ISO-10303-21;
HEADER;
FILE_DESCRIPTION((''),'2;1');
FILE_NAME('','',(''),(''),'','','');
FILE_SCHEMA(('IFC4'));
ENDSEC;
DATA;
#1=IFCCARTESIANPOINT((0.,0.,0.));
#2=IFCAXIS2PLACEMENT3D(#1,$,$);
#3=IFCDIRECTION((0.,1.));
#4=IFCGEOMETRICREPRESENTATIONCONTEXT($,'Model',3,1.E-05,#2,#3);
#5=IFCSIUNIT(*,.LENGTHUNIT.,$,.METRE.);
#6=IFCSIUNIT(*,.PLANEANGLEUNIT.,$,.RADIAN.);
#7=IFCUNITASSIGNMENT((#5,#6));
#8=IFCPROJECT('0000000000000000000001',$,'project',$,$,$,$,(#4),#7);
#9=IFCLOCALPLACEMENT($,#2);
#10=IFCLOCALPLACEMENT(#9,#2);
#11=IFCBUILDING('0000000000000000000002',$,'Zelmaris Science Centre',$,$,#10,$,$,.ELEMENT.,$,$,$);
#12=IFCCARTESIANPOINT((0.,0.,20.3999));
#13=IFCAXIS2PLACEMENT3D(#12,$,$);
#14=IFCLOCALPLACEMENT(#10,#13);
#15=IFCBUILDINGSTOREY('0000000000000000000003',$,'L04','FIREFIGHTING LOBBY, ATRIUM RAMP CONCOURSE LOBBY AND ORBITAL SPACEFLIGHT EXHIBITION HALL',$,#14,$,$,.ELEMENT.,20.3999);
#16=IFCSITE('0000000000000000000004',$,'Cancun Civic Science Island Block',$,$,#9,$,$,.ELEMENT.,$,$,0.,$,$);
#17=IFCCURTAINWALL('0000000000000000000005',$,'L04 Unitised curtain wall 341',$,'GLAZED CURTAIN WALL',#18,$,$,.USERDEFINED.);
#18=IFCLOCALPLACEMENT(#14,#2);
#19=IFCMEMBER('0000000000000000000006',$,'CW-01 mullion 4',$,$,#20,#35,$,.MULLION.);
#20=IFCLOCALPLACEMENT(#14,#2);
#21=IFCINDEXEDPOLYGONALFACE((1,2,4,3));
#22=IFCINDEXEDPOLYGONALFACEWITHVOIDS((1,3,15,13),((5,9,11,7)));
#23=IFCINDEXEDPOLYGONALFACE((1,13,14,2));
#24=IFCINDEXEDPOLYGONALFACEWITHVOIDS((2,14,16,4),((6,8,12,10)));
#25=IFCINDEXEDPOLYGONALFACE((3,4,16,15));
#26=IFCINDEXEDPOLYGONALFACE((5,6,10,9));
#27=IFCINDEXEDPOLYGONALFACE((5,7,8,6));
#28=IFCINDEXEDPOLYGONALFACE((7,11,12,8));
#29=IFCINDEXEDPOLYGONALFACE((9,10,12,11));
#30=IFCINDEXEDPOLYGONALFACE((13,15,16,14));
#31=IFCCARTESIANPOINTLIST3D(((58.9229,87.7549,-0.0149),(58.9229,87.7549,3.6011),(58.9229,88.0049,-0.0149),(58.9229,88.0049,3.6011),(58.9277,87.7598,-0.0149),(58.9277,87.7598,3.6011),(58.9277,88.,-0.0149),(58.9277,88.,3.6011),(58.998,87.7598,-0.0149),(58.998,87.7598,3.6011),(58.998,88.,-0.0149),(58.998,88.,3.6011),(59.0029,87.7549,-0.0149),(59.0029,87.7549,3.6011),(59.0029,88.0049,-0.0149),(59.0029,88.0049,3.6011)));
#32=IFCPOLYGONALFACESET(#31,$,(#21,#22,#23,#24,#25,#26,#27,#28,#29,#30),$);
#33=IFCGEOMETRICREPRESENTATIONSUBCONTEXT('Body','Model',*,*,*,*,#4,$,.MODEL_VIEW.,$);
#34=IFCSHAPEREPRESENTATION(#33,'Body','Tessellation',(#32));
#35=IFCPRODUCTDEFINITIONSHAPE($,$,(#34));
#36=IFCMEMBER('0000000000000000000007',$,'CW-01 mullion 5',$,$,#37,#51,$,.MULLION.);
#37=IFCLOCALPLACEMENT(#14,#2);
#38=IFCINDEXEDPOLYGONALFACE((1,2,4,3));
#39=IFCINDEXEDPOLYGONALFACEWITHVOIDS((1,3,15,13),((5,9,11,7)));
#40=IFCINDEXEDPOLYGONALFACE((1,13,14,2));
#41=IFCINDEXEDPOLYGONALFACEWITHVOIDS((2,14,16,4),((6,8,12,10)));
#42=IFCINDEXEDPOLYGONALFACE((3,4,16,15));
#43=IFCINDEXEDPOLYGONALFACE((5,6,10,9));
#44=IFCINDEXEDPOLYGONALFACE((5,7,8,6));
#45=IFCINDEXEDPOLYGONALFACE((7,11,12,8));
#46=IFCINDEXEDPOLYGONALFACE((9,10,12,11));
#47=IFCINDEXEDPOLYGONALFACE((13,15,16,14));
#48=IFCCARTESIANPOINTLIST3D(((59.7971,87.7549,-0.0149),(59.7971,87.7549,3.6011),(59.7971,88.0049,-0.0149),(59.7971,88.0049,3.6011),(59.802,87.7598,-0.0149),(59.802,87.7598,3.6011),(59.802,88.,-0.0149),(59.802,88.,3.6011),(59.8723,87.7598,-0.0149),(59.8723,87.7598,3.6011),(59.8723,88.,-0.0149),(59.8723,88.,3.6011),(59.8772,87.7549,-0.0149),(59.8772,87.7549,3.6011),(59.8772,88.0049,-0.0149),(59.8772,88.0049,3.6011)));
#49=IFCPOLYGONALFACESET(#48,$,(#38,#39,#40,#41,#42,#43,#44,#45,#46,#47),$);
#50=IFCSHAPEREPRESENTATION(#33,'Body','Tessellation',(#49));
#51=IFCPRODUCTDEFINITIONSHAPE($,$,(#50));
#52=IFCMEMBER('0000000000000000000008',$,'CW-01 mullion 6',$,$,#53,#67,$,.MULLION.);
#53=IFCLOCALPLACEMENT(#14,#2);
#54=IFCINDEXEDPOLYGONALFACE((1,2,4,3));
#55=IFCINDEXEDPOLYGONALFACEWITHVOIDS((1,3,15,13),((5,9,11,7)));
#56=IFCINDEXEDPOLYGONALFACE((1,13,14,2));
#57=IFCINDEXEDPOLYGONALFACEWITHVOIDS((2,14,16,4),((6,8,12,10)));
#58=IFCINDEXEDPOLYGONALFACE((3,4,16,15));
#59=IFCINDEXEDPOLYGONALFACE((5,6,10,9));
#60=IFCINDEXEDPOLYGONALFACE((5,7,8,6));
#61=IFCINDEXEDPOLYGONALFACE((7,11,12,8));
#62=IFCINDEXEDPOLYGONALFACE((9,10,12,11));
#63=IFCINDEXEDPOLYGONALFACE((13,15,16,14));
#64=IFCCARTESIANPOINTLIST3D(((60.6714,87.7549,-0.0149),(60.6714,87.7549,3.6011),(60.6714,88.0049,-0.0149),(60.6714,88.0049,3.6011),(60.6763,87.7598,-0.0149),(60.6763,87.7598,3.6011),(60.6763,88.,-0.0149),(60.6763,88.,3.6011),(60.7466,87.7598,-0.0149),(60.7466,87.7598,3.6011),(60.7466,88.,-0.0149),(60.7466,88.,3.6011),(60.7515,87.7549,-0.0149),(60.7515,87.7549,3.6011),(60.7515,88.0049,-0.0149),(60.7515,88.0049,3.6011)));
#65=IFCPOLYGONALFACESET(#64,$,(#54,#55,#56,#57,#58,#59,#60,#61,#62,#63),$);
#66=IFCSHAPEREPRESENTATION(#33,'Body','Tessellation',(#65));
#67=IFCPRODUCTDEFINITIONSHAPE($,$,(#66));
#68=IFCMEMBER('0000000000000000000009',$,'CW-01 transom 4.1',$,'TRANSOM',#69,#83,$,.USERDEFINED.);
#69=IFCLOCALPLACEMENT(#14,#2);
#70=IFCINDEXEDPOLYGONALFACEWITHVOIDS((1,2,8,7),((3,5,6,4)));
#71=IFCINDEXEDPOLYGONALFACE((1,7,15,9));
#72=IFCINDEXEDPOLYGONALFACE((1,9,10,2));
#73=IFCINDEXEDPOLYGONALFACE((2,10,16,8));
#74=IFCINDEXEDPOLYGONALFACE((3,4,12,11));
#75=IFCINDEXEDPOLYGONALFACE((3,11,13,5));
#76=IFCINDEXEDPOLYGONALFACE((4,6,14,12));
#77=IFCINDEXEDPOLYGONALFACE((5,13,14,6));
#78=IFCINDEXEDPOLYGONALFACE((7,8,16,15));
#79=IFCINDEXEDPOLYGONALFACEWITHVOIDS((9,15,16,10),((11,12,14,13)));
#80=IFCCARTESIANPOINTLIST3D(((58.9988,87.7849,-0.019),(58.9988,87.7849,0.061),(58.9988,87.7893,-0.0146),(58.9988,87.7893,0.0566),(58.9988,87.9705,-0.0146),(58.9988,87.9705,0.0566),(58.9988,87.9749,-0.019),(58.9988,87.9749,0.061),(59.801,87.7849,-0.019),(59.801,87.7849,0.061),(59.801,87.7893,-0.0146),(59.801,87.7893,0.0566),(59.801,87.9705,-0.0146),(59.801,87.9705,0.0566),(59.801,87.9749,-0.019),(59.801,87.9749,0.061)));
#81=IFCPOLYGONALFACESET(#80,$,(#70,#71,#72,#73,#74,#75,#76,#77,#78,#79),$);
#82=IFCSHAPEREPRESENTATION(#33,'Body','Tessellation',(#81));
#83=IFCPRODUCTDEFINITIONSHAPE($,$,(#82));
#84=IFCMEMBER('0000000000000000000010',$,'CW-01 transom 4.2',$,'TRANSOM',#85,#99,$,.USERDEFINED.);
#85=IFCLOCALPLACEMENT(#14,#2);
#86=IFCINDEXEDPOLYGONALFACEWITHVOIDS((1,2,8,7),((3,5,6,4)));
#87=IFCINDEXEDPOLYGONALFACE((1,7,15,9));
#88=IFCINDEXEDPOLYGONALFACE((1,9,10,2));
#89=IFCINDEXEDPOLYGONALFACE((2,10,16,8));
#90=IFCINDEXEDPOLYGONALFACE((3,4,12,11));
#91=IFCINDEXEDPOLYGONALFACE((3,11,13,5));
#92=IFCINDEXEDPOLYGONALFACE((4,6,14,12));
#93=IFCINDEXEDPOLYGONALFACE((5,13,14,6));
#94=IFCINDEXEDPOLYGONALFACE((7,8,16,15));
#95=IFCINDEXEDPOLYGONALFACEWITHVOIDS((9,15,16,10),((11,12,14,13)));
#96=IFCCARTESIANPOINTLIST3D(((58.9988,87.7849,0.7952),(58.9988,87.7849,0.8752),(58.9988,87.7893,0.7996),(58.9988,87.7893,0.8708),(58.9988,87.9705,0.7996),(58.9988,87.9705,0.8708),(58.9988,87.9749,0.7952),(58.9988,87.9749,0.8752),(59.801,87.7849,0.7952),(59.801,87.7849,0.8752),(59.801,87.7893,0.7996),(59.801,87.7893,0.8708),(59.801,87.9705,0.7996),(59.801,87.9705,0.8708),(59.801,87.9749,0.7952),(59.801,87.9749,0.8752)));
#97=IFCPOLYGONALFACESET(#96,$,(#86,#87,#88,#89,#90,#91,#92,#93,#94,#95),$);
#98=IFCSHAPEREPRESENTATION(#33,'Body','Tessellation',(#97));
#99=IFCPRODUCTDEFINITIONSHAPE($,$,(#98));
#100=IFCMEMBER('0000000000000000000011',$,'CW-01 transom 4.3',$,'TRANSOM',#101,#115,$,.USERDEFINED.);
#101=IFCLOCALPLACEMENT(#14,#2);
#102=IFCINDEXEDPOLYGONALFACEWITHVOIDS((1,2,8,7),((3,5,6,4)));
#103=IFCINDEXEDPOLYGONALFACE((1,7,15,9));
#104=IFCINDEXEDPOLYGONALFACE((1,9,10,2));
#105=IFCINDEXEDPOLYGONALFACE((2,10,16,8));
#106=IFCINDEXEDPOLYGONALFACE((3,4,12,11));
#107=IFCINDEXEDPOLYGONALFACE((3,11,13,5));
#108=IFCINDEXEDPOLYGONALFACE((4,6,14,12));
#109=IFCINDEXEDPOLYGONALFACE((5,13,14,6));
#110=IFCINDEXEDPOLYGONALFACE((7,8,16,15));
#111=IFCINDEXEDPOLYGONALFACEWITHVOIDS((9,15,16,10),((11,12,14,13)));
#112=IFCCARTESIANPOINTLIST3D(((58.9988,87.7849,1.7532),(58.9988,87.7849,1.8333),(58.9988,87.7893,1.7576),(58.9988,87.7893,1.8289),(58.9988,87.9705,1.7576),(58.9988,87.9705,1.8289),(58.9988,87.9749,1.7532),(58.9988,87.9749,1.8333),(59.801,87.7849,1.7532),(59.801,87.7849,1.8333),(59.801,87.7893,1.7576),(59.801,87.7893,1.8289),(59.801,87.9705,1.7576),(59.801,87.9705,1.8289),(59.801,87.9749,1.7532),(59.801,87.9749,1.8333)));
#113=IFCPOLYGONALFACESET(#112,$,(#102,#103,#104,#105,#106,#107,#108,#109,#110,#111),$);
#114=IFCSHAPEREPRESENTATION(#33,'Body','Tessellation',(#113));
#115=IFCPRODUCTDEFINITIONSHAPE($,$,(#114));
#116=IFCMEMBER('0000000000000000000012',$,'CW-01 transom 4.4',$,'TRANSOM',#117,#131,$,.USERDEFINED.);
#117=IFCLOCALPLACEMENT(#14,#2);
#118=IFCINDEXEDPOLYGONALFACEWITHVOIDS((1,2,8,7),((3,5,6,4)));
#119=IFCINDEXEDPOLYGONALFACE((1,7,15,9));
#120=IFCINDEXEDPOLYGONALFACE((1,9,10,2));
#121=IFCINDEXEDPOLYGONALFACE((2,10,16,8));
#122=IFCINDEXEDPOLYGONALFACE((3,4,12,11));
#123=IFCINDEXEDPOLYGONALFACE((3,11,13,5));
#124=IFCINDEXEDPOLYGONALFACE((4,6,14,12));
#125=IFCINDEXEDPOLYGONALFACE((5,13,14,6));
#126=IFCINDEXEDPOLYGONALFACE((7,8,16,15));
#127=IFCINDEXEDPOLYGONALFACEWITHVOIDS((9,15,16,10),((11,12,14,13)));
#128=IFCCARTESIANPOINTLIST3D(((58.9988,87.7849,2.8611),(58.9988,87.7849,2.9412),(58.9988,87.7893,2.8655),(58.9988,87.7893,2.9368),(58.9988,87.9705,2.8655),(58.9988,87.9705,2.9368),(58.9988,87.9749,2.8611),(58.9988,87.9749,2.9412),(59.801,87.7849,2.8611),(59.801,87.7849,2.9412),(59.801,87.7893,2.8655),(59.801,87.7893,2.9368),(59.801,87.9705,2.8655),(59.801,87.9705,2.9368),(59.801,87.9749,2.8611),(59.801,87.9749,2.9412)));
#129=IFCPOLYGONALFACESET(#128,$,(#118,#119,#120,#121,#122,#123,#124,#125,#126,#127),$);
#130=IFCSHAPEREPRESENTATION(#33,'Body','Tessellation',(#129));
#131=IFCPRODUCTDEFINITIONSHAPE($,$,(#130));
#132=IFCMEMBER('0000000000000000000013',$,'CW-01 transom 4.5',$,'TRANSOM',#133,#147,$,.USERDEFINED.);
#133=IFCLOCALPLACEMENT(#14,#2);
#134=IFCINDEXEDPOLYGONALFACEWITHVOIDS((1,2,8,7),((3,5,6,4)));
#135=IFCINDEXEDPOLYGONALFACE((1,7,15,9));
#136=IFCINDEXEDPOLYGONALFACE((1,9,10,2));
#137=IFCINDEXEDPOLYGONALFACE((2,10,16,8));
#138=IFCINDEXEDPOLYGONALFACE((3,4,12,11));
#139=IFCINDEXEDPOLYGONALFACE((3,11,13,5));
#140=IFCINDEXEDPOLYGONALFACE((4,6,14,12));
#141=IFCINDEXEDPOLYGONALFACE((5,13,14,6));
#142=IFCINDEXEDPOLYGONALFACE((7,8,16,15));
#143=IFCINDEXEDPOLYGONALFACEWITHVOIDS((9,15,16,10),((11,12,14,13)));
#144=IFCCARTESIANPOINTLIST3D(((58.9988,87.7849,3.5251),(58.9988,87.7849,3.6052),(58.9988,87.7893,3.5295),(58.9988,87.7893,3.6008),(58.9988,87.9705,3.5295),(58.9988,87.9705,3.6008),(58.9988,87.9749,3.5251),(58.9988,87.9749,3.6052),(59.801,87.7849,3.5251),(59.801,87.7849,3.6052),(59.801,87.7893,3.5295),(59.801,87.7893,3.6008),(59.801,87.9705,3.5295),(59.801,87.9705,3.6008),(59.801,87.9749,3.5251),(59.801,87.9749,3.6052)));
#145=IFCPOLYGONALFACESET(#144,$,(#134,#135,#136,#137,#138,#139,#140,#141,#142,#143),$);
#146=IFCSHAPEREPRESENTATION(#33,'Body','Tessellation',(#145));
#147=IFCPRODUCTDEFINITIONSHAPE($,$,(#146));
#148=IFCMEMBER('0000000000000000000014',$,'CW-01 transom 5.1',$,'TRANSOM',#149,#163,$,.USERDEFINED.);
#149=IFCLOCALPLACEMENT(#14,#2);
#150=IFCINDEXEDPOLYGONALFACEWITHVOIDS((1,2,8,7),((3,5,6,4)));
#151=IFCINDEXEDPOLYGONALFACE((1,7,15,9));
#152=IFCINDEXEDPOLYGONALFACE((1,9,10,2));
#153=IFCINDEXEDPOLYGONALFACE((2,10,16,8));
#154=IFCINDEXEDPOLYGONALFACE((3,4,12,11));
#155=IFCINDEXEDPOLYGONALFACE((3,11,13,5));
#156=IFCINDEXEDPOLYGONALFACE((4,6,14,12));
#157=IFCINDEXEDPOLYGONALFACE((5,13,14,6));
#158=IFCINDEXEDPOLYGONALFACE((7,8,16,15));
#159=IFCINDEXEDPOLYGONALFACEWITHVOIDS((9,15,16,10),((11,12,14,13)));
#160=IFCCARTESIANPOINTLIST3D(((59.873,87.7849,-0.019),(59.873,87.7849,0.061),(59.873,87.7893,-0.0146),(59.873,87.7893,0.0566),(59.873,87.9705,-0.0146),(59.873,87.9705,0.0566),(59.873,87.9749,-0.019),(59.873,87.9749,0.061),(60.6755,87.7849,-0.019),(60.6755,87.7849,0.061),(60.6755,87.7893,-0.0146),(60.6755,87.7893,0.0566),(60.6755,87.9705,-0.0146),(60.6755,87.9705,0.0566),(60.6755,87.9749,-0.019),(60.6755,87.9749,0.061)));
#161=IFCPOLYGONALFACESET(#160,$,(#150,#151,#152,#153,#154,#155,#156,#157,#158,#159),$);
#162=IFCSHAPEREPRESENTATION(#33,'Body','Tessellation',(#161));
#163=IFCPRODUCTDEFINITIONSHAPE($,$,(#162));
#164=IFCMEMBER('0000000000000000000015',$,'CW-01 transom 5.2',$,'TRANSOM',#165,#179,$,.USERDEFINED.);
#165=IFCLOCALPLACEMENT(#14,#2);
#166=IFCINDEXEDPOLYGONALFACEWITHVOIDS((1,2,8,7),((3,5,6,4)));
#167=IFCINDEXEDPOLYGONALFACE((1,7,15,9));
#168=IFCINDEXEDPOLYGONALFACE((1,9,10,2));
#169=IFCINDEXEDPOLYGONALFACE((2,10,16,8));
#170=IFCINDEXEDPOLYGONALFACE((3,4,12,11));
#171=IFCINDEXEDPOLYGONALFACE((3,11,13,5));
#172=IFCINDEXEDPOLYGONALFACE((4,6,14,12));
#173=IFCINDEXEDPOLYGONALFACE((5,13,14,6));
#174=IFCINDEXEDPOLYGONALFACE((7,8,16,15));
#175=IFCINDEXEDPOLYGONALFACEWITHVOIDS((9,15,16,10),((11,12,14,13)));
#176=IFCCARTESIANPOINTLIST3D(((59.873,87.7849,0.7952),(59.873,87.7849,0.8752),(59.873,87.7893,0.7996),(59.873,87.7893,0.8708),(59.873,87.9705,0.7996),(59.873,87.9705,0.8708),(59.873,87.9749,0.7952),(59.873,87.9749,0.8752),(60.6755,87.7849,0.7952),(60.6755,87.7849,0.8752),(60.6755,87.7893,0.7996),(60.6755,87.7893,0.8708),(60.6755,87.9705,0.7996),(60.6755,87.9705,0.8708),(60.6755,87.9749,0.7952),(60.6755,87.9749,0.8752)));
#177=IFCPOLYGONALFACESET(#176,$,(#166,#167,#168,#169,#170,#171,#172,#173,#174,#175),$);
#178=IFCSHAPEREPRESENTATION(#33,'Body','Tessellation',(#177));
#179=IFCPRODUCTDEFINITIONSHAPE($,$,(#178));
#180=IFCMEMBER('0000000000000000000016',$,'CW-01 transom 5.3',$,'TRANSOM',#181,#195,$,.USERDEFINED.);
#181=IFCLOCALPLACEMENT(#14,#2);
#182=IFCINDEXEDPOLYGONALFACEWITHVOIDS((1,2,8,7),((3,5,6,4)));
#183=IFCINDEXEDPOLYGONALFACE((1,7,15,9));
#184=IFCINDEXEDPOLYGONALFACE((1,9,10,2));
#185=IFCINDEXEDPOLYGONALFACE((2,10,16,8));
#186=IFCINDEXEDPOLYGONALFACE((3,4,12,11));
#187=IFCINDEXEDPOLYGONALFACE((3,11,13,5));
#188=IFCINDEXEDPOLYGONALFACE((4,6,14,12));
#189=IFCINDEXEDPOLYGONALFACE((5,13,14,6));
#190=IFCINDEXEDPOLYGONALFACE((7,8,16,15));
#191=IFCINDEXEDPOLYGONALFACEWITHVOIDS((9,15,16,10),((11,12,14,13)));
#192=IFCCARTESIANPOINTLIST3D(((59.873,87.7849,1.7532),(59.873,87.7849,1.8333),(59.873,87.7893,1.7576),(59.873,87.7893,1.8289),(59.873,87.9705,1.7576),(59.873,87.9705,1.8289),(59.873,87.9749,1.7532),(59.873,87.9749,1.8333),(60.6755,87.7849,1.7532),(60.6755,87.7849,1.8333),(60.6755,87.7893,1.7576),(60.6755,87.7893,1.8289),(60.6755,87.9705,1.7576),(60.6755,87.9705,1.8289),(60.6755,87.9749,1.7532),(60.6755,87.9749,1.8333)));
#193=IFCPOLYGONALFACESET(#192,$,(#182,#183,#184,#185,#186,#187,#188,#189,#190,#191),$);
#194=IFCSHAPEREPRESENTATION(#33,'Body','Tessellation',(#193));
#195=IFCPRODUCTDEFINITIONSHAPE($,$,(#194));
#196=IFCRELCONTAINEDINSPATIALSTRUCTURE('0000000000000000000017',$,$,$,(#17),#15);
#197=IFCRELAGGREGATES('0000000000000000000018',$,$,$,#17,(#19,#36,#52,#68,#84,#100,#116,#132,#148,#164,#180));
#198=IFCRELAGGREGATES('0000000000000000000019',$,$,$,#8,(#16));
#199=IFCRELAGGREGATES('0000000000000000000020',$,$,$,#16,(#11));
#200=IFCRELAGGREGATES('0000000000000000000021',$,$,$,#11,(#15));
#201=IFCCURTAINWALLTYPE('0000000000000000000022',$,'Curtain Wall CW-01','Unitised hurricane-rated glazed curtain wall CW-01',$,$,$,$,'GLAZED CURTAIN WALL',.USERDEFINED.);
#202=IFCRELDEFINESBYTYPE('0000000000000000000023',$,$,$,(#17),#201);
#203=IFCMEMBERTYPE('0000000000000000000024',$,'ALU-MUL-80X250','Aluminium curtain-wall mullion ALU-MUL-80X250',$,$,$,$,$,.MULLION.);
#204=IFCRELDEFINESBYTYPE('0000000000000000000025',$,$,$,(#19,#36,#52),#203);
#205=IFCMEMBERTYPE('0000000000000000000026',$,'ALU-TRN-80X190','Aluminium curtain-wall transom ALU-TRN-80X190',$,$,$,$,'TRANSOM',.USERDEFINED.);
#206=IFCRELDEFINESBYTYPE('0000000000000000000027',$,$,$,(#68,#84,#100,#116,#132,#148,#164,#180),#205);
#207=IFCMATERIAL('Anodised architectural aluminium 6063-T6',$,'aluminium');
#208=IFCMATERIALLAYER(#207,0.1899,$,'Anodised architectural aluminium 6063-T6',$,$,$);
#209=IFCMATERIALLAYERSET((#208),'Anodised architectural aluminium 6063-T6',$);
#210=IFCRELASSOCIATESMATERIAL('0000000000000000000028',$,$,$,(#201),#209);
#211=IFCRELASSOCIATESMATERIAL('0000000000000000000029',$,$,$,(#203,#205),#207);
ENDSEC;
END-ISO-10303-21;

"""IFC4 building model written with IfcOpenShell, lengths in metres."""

from ifc_helpers import new_model, si_unit, direction, frame, origin, origin_2d, place, context, subcontext, project, spatial, hollow_rectangle, extrude, material, layer, layer_set, material_profile, profile_set, type_object, element, aggregate, save


model = new_model("IFC4")

# Units and contexts
model_context = context("Model", 3, precision=1e-05, world=origin(), true_north=direction((0.0, 1.0)))
body_context = subcontext(model_context, "Body", "Model", "MODEL_VIEW")
ifc_project = project(units=[si_unit("LENGTHUNIT", "METRE"), si_unit("PLANEANGLEUNIT", "RADIAN")], contexts=[model_context])

# Site, building, storey
site_placement = place(None, origin())
site = spatial("IfcSite", under=ifc_project, at=site_placement, Name="Cancun Civic Science Island Block", CompositionType="ELEMENT", RefElevation=0.0)
building_placement = place(site_placement, origin())
building = spatial("IfcBuilding", under=site, at=building_placement, Name="Zelmaris Science Centre", CompositionType="ELEMENT")
storey_placement = place(building_placement, frame((0.0, 0.0, 20.3999)))
storey = spatial("IfcBuildingStorey", under=building, at=storey_placement, Name="L04", Description="FIREFIGHTING LOBBY, ATRIUM RAMP CONCOURSE LOBBY AND ORBITAL SPACEFLIGHT EXHIBITION HALL", CompositionType="ELEMENT", Elevation=20.3999)

# Curtain wall, members
ifc_material_1 = material(Name="Anodised architectural aluminium 6063-T6", Category="aluminium")
ifc_layer_1 = layer(ifc_material_1, 0.1899, Name="Anodised architectural aluminium 6063-T6")
ifc_layer_set_1 = layer_set([ifc_layer_1], Name="Anodised architectural aluminium 6063-T6")
curtain_wall_type = type_object("IfcCurtainWallType", Name="Curtain Wall CW-01", Description="Unitised hurricane-rated glazed curtain wall CW-01", ElementType="GLAZED CURTAIN WALL", PredefinedType="USERDEFINED", material=ifc_layer_set_1)
curtain_wall_placement = place(storey_placement, origin())
curtain_wall = element("IfcCurtainWall", 1, at=curtain_wall_placement, inside=storey, type_object=curtain_wall_type, Name="L04 Unitised curtain wall 341", ObjectType="GLAZED CURTAIN WALL", PredefinedType="USERDEFINED")
ifc_material_profile_1 = material_profile(ifc_material_1, hollow_rectangle(XDim=0.0801, YDim=0.25, WallThickness=0.0049, at=origin_2d()), Name="ALU-MUL-80X250")
ifc_profile_set_1 = profile_set([ifc_material_profile_1], Name="Anodised architectural aluminium 6063-T6")
member_type_1 = type_object("IfcMemberType", Name="ALU-MUL-80X250", Description="Aluminium curtain-wall mullion ALU-MUL-80X250", PredefinedType="MULLION", material=ifc_profile_set_1)
member_1_placement = place(storey_placement, frame((58.9629, 87.8799, -0.0149), z_axis=(0.0, 0.0, 1.0), x_axis=(1.0, 0.0, 0.0)))
member_1 = element("IfcMember", 2, at=member_1_placement, type_object=member_type_1, Name="CW-01 mullion 4", PredefinedType="MULLION", context=body_context, shape_type="SweptSolid", body=[
    extrude(hollow_rectangle(XDim=0.0801, YDim=0.25, WallThickness=0.0049, at=origin_2d()), origin(), (0.0, 0.0, 1.0), 3.616),
])
member_2_placement = place(storey_placement, frame((59.8372, 87.8799, -0.0149), z_axis=(0.0, 0.0, 1.0), x_axis=(1.0, 0.0, 0.0)))
member_2 = element("IfcMember", 3, at=member_2_placement, type_object=member_type_1, Name="CW-01 mullion 5", PredefinedType="MULLION", context=body_context, shape_type="SweptSolid", body=[
    extrude(hollow_rectangle(XDim=0.0801, YDim=0.25, WallThickness=0.0049, at=origin_2d()), origin(), (0.0, 0.0, 1.0), 3.616),
])
member_3_placement = place(storey_placement, frame((60.7114, 87.8799, -0.0149), z_axis=(0.0, 0.0, 1.0), x_axis=(1.0, 0.0, 0.0)))
member_3 = element("IfcMember", 4, at=member_3_placement, type_object=member_type_1, Name="CW-01 mullion 6", PredefinedType="MULLION", context=body_context, shape_type="SweptSolid", body=[
    extrude(hollow_rectangle(XDim=0.0801, YDim=0.25, WallThickness=0.0049, at=origin_2d()), origin(), (0.0, 0.0, 1.0), 3.616),
])
ifc_material_profile_2 = material_profile(ifc_material_1, hollow_rectangle(XDim=0.0801, YDim=0.1899, WallThickness=0.0044, at=origin_2d()), Name="ALU-TRN-80X190")
ifc_profile_set_2 = profile_set([ifc_material_profile_2], Name="Anodised architectural aluminium 6063-T6")
member_type_2 = type_object("IfcMemberType", Name="ALU-TRN-80X190", Description="Aluminium curtain-wall transom ALU-TRN-80X190", ElementType="TRANSOM", PredefinedType="USERDEFINED", material=ifc_profile_set_2)
member_4_placement = place(storey_placement, frame((58.9988, 87.8799, 0.021), z_axis=(1.0, 0.0, 0.0), x_axis=(0.0, 0.0, 1.0)))
member_4 = element("IfcMember", 5, at=member_4_placement, type_object=member_type_2, Name="CW-01 transom 4.1", ObjectType="TRANSOM", PredefinedType="USERDEFINED", context=body_context, shape_type="SweptSolid", body=[
    extrude(hollow_rectangle(XDim=0.0801, YDim=0.1899, WallThickness=0.0044, at=origin_2d()), origin(), (0.0, 0.0, 1.0), 0.8022),
])
member_5_placement = place(storey_placement, frame((58.9988, 87.8799, 0.8352), z_axis=(1.0, 0.0, 0.0), x_axis=(0.0, 0.0, 1.0)))
member_5 = element("IfcMember", 6, at=member_5_placement, type_object=member_type_2, Name="CW-01 transom 4.2", ObjectType="TRANSOM", PredefinedType="USERDEFINED", context=body_context, shape_type="SweptSolid", body=[
    extrude(hollow_rectangle(XDim=0.0801, YDim=0.1899, WallThickness=0.0044, at=origin_2d()), origin(), (0.0, 0.0, 1.0), 0.8022),
])
member_6_placement = place(storey_placement, frame((58.9988, 87.8799, 1.7932), z_axis=(1.0, 0.0, 0.0), x_axis=(0.0, 0.0, 1.0)))
member_6 = element("IfcMember", 7, at=member_6_placement, type_object=member_type_2, Name="CW-01 transom 4.3", ObjectType="TRANSOM", PredefinedType="USERDEFINED", context=body_context, shape_type="SweptSolid", body=[
    extrude(hollow_rectangle(XDim=0.0801, YDim=0.1899, WallThickness=0.0044, at=origin_2d()), origin(), (0.0, 0.0, 1.0), 0.8022),
])
member_7_placement = place(storey_placement, frame((58.9988, 87.8799, 2.9011), z_axis=(1.0, 0.0, 0.0), x_axis=(0.0, 0.0, 1.0)))
member_7 = element("IfcMember", 8, at=member_7_placement, type_object=member_type_2, Name="CW-01 transom 4.4", ObjectType="TRANSOM", PredefinedType="USERDEFINED", context=body_context, shape_type="SweptSolid", body=[
    extrude(hollow_rectangle(XDim=0.0801, YDim=0.1899, WallThickness=0.0044, at=origin_2d()), origin(), (0.0, 0.0, 1.0), 0.8022),
])
member_8_placement = place(storey_placement, frame((58.9988, 87.8799, 3.5652), z_axis=(1.0, 0.0, 0.0), x_axis=(0.0, 0.0, 1.0)))
member_8 = element("IfcMember", 9, at=member_8_placement, type_object=member_type_2, Name="CW-01 transom 4.5", ObjectType="TRANSOM", PredefinedType="USERDEFINED", context=body_context, shape_type="SweptSolid", body=[
    extrude(hollow_rectangle(XDim=0.0801, YDim=0.1899, WallThickness=0.0044, at=origin_2d()), origin(), (0.0, 0.0, 1.0), 0.8022),
])
member_9_placement = place(storey_placement, frame((59.873, 87.8799, 0.021), z_axis=(1.0, 0.0, 0.0), x_axis=(0.0, 0.0, 1.0)))
member_9 = element("IfcMember", 10, at=member_9_placement, type_object=member_type_2, Name="CW-01 transom 5.1", ObjectType="TRANSOM", PredefinedType="USERDEFINED", context=body_context, shape_type="SweptSolid", body=[
    extrude(hollow_rectangle(XDim=0.0801, YDim=0.1899, WallThickness=0.0044, at=origin_2d()), origin(), (0.0, 0.0, 1.0), 0.8025),
])
member_10_placement = place(storey_placement, frame((59.873, 87.8799, 0.8352), z_axis=(1.0, 0.0, 0.0), x_axis=(0.0, 0.0, 1.0)))
member_10 = element("IfcMember", 11, at=member_10_placement, type_object=member_type_2, Name="CW-01 transom 5.2", ObjectType="TRANSOM", PredefinedType="USERDEFINED", context=body_context, shape_type="SweptSolid", body=[
    extrude(hollow_rectangle(XDim=0.0801, YDim=0.1899, WallThickness=0.0044, at=origin_2d()), origin(), (0.0, 0.0, 1.0), 0.8025),
])
member_11_placement = place(storey_placement, frame((59.873, 87.8799, 1.7932), z_axis=(1.0, 0.0, 0.0), x_axis=(0.0, 0.0, 1.0)))
member_11 = element("IfcMember", 12, at=member_11_placement, type_object=member_type_2, Name="CW-01 transom 5.3", ObjectType="TRANSOM", PredefinedType="USERDEFINED", context=body_context, shape_type="SweptSolid", body=[
    extrude(hollow_rectangle(XDim=0.0801, YDim=0.1899, WallThickness=0.0044, at=origin_2d()), origin(), (0.0, 0.0, 1.0), 0.8025),
])
aggregate(curtain_wall, [member_1, member_2, member_3, member_4, member_5, member_6, member_7, member_8, member_9, member_10, member_11])

save(model, "model.ifc")
